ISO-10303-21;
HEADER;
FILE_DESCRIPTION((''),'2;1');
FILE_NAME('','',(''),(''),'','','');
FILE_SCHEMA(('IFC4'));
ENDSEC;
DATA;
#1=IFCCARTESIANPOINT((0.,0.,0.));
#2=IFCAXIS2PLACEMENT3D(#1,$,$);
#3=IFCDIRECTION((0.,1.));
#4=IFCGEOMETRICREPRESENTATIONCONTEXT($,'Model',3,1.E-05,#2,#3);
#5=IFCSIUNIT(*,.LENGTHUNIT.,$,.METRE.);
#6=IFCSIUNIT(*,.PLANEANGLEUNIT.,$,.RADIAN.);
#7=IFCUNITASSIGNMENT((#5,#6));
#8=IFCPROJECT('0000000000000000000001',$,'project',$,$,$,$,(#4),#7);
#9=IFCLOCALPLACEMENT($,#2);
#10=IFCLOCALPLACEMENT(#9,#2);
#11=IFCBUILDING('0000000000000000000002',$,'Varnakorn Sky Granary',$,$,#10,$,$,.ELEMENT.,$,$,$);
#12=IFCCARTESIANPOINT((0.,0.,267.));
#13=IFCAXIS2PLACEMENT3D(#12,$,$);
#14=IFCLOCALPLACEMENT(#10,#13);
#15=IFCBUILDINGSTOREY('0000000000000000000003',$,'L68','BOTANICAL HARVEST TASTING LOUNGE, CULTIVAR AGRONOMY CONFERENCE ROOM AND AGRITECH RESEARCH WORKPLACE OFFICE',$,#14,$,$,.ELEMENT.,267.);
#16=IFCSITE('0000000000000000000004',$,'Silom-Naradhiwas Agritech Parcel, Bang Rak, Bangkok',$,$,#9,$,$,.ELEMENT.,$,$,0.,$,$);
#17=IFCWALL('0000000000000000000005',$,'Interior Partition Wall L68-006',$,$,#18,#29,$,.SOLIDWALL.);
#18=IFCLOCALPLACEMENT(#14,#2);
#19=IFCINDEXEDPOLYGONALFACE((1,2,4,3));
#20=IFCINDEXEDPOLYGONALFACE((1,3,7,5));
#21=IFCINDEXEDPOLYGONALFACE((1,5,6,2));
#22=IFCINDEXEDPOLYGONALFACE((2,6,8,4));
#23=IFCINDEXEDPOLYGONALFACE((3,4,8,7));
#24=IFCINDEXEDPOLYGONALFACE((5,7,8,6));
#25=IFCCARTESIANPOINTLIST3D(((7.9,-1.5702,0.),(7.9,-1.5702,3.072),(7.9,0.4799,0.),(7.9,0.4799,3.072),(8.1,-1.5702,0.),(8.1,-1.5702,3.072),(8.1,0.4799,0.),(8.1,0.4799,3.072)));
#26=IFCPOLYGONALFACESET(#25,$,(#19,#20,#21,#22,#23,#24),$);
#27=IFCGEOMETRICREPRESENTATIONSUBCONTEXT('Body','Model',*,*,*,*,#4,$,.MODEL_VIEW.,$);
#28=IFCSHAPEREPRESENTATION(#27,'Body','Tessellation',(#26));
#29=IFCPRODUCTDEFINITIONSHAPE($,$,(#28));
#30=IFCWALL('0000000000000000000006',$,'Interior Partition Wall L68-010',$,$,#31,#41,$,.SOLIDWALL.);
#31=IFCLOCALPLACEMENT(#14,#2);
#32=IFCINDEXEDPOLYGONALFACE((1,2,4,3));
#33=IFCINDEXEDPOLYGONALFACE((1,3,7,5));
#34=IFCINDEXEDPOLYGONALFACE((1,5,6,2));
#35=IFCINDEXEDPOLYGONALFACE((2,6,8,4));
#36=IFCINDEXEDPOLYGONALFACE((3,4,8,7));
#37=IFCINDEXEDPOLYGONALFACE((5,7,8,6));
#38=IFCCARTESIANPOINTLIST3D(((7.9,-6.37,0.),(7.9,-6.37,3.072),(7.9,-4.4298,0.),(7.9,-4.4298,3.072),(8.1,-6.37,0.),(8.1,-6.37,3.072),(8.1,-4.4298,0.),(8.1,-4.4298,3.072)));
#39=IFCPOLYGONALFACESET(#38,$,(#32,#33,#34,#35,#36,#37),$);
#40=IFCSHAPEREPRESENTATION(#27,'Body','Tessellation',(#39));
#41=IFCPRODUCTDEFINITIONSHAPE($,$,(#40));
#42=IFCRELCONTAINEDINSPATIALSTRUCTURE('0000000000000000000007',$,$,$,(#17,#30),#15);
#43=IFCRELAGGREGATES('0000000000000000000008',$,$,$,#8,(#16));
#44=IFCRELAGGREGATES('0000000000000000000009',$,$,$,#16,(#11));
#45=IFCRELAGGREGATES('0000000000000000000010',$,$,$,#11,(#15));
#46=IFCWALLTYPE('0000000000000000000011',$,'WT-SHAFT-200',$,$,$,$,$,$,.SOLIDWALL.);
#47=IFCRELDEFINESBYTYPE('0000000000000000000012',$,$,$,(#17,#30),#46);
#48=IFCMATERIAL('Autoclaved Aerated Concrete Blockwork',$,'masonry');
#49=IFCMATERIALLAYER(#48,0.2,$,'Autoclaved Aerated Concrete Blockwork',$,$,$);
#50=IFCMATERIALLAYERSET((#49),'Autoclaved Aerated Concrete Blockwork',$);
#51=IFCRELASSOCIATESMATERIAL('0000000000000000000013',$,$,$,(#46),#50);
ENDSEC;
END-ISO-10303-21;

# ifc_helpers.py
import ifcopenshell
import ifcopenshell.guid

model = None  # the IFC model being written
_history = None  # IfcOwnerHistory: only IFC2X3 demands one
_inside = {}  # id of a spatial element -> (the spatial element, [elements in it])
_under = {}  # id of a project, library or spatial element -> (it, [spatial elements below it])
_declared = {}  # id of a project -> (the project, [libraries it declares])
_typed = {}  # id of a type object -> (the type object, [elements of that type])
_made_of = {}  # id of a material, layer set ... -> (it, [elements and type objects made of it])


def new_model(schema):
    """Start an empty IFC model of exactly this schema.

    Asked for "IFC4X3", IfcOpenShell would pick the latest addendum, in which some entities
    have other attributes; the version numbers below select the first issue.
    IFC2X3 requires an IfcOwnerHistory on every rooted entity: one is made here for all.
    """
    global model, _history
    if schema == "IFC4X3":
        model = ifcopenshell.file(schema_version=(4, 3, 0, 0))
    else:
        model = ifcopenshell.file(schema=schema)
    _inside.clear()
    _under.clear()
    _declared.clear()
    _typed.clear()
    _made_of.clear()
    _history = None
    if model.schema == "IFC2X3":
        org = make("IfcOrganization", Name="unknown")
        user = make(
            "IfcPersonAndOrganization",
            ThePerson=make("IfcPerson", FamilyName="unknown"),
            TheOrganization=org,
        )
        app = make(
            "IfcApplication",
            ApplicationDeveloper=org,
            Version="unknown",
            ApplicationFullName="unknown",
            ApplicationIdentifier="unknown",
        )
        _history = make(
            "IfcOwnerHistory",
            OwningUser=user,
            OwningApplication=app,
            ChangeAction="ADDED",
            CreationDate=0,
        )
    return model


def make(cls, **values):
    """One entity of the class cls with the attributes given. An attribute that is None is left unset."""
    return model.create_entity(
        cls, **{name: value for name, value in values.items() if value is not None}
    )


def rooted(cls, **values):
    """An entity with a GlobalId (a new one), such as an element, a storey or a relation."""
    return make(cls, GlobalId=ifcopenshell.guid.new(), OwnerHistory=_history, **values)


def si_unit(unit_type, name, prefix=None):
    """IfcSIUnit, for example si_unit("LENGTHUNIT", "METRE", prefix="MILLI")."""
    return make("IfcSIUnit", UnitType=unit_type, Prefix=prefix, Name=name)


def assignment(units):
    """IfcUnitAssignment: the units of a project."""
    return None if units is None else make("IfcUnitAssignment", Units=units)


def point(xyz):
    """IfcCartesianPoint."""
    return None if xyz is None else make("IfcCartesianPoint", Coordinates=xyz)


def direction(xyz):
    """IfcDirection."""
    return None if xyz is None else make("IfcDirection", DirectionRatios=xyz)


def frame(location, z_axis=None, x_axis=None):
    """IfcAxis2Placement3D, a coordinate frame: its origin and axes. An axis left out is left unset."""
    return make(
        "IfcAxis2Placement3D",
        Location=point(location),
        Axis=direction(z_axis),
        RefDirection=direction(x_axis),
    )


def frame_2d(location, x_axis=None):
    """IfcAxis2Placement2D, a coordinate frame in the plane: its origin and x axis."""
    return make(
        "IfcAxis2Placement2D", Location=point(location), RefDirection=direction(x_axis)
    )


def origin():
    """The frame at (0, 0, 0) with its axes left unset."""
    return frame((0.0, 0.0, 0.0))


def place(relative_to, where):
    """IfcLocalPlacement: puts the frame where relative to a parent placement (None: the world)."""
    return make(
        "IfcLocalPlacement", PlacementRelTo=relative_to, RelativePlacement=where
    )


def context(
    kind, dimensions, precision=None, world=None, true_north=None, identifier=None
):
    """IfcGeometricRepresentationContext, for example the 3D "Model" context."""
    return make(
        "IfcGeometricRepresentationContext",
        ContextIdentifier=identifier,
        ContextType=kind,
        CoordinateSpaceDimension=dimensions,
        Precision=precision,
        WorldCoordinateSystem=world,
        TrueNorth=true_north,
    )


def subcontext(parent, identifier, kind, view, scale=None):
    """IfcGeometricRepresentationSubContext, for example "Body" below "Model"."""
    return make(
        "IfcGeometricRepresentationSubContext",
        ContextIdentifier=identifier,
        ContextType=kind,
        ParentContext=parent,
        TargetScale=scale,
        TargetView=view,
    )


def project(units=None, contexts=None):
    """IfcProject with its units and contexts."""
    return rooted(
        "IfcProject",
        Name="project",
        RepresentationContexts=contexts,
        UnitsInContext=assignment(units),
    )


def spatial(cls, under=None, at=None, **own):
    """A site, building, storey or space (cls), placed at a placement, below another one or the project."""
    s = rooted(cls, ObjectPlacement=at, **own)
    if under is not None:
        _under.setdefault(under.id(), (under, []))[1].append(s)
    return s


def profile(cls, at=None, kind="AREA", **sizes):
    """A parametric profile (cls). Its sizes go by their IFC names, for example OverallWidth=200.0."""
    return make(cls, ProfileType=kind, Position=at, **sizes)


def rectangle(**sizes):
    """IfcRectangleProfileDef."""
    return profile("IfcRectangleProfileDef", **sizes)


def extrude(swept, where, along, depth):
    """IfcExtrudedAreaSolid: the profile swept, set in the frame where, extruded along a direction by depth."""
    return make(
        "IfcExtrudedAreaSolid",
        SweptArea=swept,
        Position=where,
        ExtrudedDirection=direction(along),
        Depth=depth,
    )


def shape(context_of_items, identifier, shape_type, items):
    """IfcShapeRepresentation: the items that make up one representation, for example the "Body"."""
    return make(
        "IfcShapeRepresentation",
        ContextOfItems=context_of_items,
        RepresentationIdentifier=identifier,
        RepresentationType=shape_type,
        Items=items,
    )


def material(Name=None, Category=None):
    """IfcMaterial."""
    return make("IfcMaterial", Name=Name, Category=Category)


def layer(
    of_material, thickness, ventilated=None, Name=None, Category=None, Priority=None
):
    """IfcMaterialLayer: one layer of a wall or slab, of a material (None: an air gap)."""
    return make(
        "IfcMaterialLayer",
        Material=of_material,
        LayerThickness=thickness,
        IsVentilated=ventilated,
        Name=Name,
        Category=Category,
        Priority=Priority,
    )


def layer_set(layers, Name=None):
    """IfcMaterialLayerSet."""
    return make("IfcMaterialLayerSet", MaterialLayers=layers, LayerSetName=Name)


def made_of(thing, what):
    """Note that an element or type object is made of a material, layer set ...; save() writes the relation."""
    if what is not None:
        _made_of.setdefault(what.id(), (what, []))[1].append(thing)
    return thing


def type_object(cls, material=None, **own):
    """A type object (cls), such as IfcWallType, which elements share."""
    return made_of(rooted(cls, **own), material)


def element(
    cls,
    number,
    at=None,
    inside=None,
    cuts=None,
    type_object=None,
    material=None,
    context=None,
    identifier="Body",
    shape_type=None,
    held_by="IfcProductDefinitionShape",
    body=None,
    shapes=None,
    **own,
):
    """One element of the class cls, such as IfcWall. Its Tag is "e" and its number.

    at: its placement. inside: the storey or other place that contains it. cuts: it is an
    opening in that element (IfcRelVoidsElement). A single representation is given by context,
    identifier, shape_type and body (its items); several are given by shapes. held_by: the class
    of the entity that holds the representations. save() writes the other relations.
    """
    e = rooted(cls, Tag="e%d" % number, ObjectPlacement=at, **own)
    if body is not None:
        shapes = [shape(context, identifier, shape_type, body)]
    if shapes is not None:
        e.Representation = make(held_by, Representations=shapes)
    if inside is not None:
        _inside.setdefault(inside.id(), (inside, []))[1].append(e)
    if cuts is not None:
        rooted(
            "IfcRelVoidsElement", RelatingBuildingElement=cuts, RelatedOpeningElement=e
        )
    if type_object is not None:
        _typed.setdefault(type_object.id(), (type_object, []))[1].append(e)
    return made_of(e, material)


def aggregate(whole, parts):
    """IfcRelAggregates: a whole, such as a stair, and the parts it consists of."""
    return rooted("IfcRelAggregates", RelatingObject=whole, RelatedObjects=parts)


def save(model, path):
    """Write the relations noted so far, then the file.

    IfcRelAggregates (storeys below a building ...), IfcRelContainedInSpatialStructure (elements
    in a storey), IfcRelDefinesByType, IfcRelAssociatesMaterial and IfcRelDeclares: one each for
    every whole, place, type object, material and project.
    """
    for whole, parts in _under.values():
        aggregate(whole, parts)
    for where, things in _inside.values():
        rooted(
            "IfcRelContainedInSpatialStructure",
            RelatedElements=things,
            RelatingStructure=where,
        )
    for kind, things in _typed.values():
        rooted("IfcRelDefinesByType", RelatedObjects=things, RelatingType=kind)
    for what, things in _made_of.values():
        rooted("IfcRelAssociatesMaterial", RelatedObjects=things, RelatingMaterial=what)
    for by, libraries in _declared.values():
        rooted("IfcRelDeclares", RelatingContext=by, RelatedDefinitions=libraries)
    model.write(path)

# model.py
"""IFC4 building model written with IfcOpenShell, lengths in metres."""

from ifc_helpers import new_model, si_unit, direction, frame, frame_2d, origin, place, context, subcontext, project, spatial, rectangle, extrude, material, layer, layer_set, type_object, element, save


model = new_model("IFC4")

# Units and contexts
model_context = context("Model", 3, precision=1e-05, world=origin(), true_north=direction((0.0, 1.0)))
body_context = subcontext(model_context, "Body", "Model", "MODEL_VIEW")
ifc_project = project(units=[si_unit("LENGTHUNIT", "METRE"), si_unit("PLANEANGLEUNIT", "RADIAN")], contexts=[model_context])

# Site, building, storey
site_placement = place(None, origin())
site = spatial("IfcSite", under=ifc_project, at=site_placement, Name="Silom-Naradhiwas Agritech Parcel, Bang Rak, Bangkok", CompositionType="ELEMENT", RefElevation=0.0)
building_placement = place(site_placement, origin())
building = spatial("IfcBuilding", under=site, at=building_placement, Name="Varnakorn Sky Granary", CompositionType="ELEMENT")
storey_placement = place(building_placement, frame((0.0, 0.0, 267.0)))
storey = spatial("IfcBuildingStorey", under=building, at=storey_placement, Name="L68", Description="BOTANICAL HARVEST TASTING LOUNGE, CULTIVAR AGRONOMY CONFERENCE ROOM AND AGRITECH RESEARCH WORKPLACE OFFICE", CompositionType="ELEMENT", Elevation=267.0)

# Shared definitions
ifc_material_1 = material(Name="Autoclaved Aerated Concrete Blockwork", Category="masonry")

# Walls
ifc_layer_1 = layer(ifc_material_1, 0.2, Name="Autoclaved Aerated Concrete Blockwork")
ifc_layer_set_1 = layer_set([ifc_layer_1], Name="Autoclaved Aerated Concrete Blockwork")
wall_type_1 = type_object("IfcWallType", Name="WT-SHAFT-200", PredefinedType="SOLIDWALL", material=ifc_layer_set_1)
wall_1_placement = place(storey_placement, frame((8.0, -1.5701, 0.0), z_axis=(0.0, 0.0, 1.0), x_axis=(0.0, 1.0, 0.0)))
element("IfcWall", 1, at=wall_1_placement, inside=storey, type_object=wall_type_1, Name="Interior Partition Wall L68-006", PredefinedType="SOLIDWALL", context=body_context, shape_type="SweptSolid", body=[
    extrude(rectangle(XDim=2.05, YDim=0.2, at=frame_2d((1.0249, 0.0))), origin(), (0.0, 0.0, 1.0), 3.072),
])
wall_2_placement = place(storey_placement, frame((8.0, -6.3701, 0.0), z_axis=(0.0, 0.0, 1.0), x_axis=(0.0, 1.0, 0.0)))
element("IfcWall", 2, at=wall_2_placement, inside=storey, type_object=wall_type_1, Name="Interior Partition Wall L68-010", PredefinedType="SOLIDWALL", context=body_context, shape_type="SweptSolid", body=[
    extrude(rectangle(XDim=1.9402, YDim=0.2, at=frame_2d((0.9702, 0.0))), origin(), (0.0, 0.0, 1.0), 3.072),
])

save(model, "model.ifc")
